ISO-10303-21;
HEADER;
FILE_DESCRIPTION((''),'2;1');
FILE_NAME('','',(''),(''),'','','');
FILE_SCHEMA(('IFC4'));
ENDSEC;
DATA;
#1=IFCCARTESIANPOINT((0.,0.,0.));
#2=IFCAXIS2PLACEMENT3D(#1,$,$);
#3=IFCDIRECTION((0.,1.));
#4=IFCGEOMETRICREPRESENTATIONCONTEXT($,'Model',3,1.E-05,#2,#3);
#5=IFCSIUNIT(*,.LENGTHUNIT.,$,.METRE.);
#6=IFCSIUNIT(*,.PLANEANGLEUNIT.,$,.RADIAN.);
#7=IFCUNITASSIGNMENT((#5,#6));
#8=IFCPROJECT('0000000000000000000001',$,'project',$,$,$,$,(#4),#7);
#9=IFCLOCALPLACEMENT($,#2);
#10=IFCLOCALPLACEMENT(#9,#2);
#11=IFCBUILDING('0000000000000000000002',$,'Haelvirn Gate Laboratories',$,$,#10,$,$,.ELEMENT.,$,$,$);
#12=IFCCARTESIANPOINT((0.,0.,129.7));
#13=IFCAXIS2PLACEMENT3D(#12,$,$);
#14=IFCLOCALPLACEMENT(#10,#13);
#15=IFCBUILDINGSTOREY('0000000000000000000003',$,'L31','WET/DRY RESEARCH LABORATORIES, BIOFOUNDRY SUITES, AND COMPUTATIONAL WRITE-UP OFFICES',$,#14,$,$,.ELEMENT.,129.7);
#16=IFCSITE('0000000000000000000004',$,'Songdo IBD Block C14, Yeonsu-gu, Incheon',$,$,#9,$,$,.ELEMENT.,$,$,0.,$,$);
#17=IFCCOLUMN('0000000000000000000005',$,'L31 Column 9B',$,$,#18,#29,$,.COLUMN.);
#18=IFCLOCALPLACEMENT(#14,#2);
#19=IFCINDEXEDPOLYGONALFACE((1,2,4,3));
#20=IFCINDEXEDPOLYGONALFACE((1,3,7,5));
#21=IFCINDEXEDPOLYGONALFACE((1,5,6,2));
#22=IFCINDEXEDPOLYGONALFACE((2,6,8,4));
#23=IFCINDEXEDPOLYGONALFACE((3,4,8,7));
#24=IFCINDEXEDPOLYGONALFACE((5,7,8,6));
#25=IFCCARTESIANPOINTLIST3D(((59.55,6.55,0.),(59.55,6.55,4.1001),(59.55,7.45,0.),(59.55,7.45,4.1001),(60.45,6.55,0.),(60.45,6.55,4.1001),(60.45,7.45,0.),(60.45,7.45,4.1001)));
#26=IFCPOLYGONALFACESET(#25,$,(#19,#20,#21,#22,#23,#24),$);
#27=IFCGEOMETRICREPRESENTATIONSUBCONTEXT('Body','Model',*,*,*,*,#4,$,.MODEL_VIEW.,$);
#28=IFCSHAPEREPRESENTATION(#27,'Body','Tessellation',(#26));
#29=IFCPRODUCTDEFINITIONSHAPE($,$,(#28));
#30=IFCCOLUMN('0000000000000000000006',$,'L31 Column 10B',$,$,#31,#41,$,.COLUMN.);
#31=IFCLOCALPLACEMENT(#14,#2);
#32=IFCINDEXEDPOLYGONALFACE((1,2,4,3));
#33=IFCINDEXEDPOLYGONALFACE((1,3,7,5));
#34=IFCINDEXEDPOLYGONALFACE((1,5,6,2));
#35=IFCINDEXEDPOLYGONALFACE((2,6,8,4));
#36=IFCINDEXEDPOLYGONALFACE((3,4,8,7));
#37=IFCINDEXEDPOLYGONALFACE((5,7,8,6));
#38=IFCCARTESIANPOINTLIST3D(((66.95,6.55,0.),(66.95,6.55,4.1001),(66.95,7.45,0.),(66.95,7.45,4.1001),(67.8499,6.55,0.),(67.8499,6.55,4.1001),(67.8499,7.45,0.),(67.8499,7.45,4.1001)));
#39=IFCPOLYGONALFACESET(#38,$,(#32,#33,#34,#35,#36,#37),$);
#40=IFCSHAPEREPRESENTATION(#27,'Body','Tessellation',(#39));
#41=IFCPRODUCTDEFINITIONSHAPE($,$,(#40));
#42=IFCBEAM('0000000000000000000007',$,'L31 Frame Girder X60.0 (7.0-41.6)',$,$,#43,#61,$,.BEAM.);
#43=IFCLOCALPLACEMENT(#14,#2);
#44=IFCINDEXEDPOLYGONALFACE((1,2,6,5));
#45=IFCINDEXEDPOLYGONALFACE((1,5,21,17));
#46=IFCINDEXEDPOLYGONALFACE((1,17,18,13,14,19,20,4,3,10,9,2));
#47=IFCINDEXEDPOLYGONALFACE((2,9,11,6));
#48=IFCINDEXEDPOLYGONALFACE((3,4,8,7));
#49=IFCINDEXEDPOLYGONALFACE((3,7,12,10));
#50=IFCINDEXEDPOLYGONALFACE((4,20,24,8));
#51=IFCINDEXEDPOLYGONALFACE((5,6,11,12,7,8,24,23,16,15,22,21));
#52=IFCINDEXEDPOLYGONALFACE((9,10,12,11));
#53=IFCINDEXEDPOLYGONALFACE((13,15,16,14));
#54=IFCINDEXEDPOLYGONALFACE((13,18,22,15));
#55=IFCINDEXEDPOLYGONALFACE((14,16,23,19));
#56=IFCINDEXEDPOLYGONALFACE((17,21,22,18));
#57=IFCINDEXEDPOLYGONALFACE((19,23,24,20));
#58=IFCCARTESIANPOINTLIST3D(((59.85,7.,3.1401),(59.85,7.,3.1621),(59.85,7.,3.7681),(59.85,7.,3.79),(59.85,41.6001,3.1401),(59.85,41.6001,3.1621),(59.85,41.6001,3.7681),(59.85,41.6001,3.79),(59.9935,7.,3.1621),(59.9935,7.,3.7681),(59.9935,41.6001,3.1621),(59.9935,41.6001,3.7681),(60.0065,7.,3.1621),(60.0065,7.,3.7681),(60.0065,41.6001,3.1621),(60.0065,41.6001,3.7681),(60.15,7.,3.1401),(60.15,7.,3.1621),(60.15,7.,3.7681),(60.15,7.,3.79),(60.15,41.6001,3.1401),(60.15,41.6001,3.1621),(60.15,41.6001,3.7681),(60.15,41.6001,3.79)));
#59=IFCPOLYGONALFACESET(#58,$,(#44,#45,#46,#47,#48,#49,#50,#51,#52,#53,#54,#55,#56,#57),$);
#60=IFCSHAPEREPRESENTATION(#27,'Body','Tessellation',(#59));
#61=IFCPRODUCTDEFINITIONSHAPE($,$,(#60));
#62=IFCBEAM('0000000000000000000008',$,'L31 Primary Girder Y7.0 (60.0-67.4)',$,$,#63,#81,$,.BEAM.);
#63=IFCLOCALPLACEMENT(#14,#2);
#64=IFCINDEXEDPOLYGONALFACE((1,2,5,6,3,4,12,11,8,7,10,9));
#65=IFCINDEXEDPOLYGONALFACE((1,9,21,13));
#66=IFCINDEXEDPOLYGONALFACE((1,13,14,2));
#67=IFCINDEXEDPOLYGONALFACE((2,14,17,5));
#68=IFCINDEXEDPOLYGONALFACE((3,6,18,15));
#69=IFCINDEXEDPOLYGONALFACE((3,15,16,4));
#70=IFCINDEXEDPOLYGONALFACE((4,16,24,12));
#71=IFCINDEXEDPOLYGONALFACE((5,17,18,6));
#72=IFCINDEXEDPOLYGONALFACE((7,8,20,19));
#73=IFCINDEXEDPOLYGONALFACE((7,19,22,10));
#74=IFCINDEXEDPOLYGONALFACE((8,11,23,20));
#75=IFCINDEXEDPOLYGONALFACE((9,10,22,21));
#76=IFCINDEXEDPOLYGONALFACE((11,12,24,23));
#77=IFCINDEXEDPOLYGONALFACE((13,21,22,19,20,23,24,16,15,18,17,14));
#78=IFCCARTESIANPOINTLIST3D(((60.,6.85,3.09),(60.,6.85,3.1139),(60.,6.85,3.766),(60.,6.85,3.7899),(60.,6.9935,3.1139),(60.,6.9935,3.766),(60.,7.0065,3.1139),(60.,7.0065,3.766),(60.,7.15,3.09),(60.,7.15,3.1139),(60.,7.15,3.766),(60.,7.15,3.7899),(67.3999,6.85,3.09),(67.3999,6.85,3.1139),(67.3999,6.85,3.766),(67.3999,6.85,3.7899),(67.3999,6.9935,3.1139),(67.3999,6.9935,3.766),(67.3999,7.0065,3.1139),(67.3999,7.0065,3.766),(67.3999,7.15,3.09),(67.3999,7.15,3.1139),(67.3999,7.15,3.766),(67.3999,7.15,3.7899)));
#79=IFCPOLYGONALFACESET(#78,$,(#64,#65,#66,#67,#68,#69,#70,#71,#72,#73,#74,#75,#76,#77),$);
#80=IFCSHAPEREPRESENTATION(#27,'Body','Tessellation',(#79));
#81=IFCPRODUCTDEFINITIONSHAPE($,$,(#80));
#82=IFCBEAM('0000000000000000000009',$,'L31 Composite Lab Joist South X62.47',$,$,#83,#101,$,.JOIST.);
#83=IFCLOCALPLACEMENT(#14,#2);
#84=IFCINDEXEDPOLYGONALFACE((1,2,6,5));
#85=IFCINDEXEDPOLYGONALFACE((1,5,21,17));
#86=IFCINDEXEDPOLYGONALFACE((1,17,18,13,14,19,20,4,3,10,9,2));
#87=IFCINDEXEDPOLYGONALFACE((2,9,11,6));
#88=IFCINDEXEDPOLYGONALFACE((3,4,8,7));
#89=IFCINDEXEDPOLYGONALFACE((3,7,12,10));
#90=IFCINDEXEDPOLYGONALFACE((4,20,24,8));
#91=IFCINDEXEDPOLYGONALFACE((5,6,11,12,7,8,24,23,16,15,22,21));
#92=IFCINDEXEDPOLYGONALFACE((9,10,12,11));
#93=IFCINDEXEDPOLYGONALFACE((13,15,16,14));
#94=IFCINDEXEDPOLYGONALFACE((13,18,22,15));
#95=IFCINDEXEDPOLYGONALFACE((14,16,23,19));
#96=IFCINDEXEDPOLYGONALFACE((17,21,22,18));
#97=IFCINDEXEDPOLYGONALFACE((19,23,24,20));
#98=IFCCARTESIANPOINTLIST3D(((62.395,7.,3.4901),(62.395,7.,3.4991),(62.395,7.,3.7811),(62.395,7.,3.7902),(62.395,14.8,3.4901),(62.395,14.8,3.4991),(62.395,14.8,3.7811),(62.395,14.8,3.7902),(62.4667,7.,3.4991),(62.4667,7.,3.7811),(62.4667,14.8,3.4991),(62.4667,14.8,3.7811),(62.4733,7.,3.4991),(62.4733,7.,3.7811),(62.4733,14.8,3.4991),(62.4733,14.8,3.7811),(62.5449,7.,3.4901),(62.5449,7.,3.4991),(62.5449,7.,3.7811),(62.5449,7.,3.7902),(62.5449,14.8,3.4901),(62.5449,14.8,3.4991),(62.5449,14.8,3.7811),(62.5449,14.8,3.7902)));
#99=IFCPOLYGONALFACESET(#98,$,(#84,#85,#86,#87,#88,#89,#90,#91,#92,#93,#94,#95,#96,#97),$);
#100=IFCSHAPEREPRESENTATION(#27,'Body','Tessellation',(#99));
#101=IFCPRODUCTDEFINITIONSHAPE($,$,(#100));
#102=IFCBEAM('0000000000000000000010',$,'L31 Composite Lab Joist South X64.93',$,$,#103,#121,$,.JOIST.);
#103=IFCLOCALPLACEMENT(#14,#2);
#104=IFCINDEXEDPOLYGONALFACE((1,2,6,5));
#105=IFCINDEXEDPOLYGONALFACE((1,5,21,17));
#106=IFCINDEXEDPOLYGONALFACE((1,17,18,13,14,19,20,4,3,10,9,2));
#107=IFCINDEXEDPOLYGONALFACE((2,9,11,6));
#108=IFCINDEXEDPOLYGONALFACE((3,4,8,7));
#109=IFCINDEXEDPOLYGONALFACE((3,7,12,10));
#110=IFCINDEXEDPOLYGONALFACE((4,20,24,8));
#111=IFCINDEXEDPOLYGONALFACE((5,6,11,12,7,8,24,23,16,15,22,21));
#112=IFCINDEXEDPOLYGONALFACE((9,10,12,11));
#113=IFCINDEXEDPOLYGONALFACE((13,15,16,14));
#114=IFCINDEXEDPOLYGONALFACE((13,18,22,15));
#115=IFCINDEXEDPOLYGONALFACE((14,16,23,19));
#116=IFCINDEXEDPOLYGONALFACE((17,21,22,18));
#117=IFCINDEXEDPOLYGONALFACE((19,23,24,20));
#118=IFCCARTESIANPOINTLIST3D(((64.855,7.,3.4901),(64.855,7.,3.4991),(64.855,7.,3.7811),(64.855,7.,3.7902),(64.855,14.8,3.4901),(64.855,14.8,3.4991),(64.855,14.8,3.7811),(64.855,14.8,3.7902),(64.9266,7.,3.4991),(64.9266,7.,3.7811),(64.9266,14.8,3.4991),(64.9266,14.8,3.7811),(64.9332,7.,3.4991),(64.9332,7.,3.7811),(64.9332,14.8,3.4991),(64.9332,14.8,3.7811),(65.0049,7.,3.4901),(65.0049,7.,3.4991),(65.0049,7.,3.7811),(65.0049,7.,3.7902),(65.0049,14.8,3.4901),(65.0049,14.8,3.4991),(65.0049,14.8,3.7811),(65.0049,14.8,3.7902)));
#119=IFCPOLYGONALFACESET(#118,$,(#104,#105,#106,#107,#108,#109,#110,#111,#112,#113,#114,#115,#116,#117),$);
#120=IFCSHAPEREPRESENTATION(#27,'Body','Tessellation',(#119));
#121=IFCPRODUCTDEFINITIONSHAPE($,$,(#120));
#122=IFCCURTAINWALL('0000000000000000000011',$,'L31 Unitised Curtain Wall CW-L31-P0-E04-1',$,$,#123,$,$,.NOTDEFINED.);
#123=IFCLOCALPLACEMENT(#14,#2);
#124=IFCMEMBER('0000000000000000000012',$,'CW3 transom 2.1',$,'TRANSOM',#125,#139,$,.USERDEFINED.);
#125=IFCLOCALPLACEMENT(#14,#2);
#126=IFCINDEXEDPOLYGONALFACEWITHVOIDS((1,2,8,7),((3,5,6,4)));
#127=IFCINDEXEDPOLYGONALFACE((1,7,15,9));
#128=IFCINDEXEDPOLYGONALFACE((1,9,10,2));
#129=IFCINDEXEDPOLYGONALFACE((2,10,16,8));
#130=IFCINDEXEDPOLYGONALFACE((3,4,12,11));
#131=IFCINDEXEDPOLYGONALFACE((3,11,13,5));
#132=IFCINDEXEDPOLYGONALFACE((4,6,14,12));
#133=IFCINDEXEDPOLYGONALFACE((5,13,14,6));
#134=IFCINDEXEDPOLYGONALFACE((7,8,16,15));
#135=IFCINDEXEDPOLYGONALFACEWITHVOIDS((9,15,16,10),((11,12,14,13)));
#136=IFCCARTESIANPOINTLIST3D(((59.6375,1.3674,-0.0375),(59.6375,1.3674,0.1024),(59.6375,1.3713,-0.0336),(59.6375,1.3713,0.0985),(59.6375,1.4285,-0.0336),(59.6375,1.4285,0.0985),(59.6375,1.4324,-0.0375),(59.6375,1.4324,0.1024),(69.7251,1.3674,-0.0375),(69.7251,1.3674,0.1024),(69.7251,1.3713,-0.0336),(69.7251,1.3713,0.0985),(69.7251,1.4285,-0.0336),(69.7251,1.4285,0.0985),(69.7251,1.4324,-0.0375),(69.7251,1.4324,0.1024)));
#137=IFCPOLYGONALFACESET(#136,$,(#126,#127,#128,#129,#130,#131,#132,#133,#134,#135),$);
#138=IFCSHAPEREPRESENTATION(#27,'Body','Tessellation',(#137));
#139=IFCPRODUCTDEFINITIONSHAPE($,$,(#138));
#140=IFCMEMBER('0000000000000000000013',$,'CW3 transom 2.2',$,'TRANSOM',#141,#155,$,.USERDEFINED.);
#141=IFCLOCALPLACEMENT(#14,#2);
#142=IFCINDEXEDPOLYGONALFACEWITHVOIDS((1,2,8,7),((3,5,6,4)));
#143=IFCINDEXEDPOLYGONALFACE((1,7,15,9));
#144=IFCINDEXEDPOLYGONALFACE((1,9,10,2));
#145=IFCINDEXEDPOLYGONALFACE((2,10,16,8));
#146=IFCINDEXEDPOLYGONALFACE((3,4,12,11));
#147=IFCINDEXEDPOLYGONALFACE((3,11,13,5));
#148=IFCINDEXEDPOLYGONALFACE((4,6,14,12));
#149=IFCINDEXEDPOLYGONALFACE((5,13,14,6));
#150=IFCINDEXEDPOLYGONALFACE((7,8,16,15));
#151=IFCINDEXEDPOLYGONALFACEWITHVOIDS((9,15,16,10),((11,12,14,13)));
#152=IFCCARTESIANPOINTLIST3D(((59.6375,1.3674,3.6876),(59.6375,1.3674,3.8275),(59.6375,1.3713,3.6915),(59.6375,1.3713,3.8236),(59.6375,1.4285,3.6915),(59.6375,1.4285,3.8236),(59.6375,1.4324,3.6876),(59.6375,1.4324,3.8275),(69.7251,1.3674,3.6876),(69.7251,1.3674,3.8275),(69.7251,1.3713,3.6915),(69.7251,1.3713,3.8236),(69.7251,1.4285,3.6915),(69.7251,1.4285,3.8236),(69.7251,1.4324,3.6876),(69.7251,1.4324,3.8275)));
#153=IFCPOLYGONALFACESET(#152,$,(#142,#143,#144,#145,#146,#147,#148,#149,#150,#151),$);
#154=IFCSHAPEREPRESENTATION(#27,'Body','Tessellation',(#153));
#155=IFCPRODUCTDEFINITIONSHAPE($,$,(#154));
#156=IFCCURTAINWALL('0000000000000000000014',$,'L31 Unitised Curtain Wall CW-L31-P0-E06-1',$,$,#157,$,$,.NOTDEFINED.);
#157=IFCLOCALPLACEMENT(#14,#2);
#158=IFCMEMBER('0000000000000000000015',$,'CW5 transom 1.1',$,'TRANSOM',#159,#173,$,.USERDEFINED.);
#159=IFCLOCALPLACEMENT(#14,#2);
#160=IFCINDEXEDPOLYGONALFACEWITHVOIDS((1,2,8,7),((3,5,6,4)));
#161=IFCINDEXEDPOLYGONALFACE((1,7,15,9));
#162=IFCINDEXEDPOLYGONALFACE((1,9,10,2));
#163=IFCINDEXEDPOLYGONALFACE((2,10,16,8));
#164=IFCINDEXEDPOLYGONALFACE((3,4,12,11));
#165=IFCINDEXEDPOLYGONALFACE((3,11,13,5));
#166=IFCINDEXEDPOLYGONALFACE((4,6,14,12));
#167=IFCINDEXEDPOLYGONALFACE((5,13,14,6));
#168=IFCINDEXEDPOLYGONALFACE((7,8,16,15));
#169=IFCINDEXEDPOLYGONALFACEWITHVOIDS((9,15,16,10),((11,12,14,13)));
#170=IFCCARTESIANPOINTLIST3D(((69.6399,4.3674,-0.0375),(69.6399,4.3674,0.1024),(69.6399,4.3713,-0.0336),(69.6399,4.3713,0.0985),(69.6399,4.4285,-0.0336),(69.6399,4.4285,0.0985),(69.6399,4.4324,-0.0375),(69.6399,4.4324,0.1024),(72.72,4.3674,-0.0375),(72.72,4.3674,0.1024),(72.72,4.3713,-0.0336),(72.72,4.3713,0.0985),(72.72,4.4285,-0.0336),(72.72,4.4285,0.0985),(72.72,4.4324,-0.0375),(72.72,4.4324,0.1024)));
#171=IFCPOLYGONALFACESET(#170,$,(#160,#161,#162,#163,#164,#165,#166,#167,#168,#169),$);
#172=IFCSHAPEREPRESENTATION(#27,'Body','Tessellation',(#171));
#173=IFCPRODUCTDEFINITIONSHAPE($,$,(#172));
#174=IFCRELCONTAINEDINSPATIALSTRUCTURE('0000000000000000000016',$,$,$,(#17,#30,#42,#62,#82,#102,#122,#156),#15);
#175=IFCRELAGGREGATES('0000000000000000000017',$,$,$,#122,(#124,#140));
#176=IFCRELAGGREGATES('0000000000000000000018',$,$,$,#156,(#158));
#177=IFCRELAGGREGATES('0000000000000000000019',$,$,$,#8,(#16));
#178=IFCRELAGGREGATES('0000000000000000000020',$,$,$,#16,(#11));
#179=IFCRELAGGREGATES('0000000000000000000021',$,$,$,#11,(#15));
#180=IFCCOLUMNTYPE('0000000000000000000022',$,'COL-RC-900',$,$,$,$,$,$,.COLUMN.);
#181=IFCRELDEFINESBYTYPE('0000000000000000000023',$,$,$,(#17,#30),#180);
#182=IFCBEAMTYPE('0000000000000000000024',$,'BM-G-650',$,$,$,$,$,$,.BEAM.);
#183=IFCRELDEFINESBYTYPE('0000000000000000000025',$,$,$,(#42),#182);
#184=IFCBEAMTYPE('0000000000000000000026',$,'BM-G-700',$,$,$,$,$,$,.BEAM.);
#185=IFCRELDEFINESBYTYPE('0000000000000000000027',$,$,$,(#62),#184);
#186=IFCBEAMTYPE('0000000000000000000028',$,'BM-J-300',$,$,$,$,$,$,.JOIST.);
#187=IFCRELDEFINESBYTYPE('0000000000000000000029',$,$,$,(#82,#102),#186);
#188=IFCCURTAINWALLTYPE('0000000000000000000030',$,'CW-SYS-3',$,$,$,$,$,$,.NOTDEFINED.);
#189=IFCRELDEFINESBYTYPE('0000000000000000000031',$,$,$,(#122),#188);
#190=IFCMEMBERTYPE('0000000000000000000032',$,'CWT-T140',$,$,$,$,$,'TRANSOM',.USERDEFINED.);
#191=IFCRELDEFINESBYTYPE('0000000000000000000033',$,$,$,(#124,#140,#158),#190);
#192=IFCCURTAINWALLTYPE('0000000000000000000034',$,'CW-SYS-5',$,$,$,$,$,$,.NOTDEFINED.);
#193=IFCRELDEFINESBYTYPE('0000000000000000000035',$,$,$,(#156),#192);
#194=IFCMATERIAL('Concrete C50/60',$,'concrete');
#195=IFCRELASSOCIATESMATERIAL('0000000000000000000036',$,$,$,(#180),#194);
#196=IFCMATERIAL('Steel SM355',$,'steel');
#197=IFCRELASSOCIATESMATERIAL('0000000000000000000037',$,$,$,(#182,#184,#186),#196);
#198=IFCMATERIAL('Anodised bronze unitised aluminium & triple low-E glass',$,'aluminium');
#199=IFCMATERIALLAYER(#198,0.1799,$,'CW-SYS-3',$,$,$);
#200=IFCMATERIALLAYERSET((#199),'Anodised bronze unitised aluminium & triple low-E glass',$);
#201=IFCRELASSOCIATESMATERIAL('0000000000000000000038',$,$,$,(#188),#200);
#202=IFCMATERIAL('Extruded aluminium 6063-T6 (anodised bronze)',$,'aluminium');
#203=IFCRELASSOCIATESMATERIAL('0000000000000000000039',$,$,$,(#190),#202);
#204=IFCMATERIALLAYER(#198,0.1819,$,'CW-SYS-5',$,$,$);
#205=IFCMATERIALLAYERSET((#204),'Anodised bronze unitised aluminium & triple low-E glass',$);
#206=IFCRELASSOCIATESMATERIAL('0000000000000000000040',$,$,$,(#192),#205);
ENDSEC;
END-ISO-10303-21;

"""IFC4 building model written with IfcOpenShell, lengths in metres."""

from ifc_helpers import new_model, si_unit, direction, frame, origin, origin_2d, place, context, subcontext, project, spatial, rectangle, hollow_rectangle, i_section, extrude, source, transform, mapped, material, layer, layer_set, material_profile, profile_set, type_object, type_shapes, element, aggregate, save


model = new_model("IFC4")

# Units and contexts
model_context = context("Model", 3, precision=1e-05, world=origin(), true_north=direction((0.0, 1.0)))
body_context = subcontext(model_context, "Body", "Model", "MODEL_VIEW")
ifc_project = project(units=[si_unit("LENGTHUNIT", "METRE"), si_unit("PLANEANGLEUNIT", "RADIAN")], contexts=[model_context])

# Site, building, storey
site_placement = place(None, origin())
site = spatial("IfcSite", under=ifc_project, at=site_placement, Name="Songdo IBD Block C14, Yeonsu-gu, Incheon", CompositionType="ELEMENT", RefElevation=0.0)
building_placement = place(site_placement, origin())
building = spatial("IfcBuilding", under=site, at=building_placement, Name="Haelvirn Gate Laboratories", CompositionType="ELEMENT")
storey_placement = place(building_placement, frame((0.0, 0.0, 129.7)))
storey = spatial("IfcBuildingStorey", under=building, at=storey_placement, Name="L31", Description="WET/DRY RESEARCH LABORATORIES, BIOFOUNDRY SUITES, AND COMPUTATIONAL WRITE-UP OFFICES", CompositionType="ELEMENT", Elevation=129.7)

# Columns
ifc_material_1 = material(Name="Concrete C50/60", Category="concrete")
ifc_material_profile_1 = material_profile(ifc_material_1, rectangle(XDim=0.8999, YDim=0.8999, at=origin_2d()), Name="RC-900x900")
ifc_profile_set_1 = profile_set([ifc_material_profile_1], Name="Concrete C50/60")
column_type = type_object("IfcColumnType", Name="COL-RC-900", PredefinedType="COLUMN", material=ifc_profile_set_1)
shared_shape_1 = source(origin(), body_context, "Body", "SweptSolid", [
    extrude(rectangle(XDim=0.8999, YDim=0.8999, at=origin_2d()), origin(), (0.0, 0.0, 1.0), 4.1001),
])
type_shapes(column_type, [shared_shape_1])
for number, where, z_axis, x_axis, name in (
    (1, (60.0, 7.0, 0.0), (0.0, 0.0, 1.0), (1.0, 0.0, 0.0), "L31 Column 9B"),
    (2, (67.3999, 7.0, 0.0), (0.0, 0.0, 1.0), (1.0, 0.0, 0.0), "L31 Column 10B"),
):
    element("IfcColumn", number, at=place(storey_placement, frame(where, z_axis=z_axis, x_axis=x_axis)), inside=storey, type_object=column_type, Name=name, PredefinedType="COLUMN", context=body_context, shape_type="MappedRepresentation", body=[
        mapped(shared_shape_1, transform((0.0, 0.0, 0.0), scale=1.0)),
    ])

# Beams
ifc_material_2 = material(Name="Steel SM355", Category="steel")
ifc_material_profile_2 = material_profile(ifc_material_2, i_section(OverallWidth=0.3, OverallDepth=0.6499, WebThickness=0.0129, FlangeThickness=0.022, at=origin_2d()), Name="H-650x300x13x22")
ifc_profile_set_2 = profile_set([ifc_material_profile_2], Name="Steel SM355")
beam_type_1 = type_object("IfcBeamType", Name="BM-G-650", PredefinedType="BEAM", material=ifc_profile_set_2)
shared_shape_2 = source(origin(), body_context, "Body", "SweptSolid", [
    extrude(i_section(OverallWidth=0.3, OverallDepth=0.6499, WebThickness=0.0129, FlangeThickness=0.022, at=origin_2d()), origin(), (0.0, 0.0, 1.0), 34.6001),
])
type_shapes(beam_type_1, [shared_shape_2])
beam_1_placement = place(storey_placement, frame((60.0, 7.0, 3.4651), z_axis=(0.0, 1.0, 0.0), x_axis=(-1.0, 0.0, 0.0)))
element("IfcBeam", 3, at=beam_1_placement, inside=storey, type_object=beam_type_1, Name="L31 Frame Girder X60.0 (7.0-41.6)", PredefinedType="BEAM", context=body_context, shape_type="MappedRepresentation", body=[
    mapped(shared_shape_2, transform((0.0, 0.0, 0.0), scale=1.0)),
])
ifc_material_profile_3 = material_profile(ifc_material_2, i_section(OverallWidth=0.3, OverallDepth=0.7, WebThickness=0.0129, FlangeThickness=0.0239, at=origin_2d()), Name="H-700x300x13x24")
ifc_profile_set_3 = profile_set([ifc_material_profile_3], Name="Steel SM355")
beam_type_2 = type_object("IfcBeamType", Name="BM-G-700", PredefinedType="BEAM", material=ifc_profile_set_3)
shared_shape_3 = source(origin(), body_context, "Body", "SweptSolid", [
    extrude(i_section(OverallWidth=0.3, OverallDepth=0.7, WebThickness=0.0129, FlangeThickness=0.0239, at=origin_2d()), origin(), (0.0, 0.0, 1.0), 7.3999),
])
type_shapes(beam_type_2, [shared_shape_3])
beam_2_placement = place(storey_placement, frame((60.0, 7.0, 3.4399), z_axis=(1.0, 0.0, 0.0), x_axis=(0.0, 1.0, 0.0)))
element("IfcBeam", 4, at=beam_2_placement, inside=storey, type_object=beam_type_2, Name="L31 Primary Girder Y7.0 (60.0-67.4)", PredefinedType="BEAM", context=body_context, shape_type="MappedRepresentation", body=[
    mapped(shared_shape_3, transform((0.0, 0.0, 0.0), scale=1.0)),
])
ifc_material_profile_4 = material_profile(ifc_material_2, i_section(OverallWidth=0.1499, OverallDepth=0.3, WebThickness=0.0066, FlangeThickness=0.009, at=origin_2d()), Name="H-300x150x6.5x9")
ifc_profile_set_4 = profile_set([ifc_material_profile_4], Name="Steel SM355")
beam_type_3 = type_object("IfcBeamType", Name="BM-J-300", PredefinedType="JOIST", material=ifc_profile_set_4)
shared_shape_4 = source(origin(), body_context, "Body", "SweptSolid", [
    extrude(i_section(OverallWidth=0.1499, OverallDepth=0.3, WebThickness=0.0066, FlangeThickness=0.009, at=origin_2d()), origin(), (0.0, 0.0, 1.0), 7.8),
])
type_shapes(beam_type_3, [shared_shape_4])
for number, where, z_axis, x_axis, name in (
    (5, (62.47, 7.0, 3.6401), (0.0, 1.0, 0.0), (-1.0, 0.0, 0.0), "L31 Composite Lab Joist South X62.47"),
    (6, (64.9299, 7.0, 3.6401), (0.0, 1.0, 0.0), (-1.0, 0.0, 0.0), "L31 Composite Lab Joist South X64.93"),
):
    element("IfcBeam", number, at=place(storey_placement, frame(where, z_axis=z_axis, x_axis=x_axis)), inside=storey, type_object=beam_type_3, Name=name, PredefinedType="JOIST", context=body_context, shape_type="MappedRepresentation", body=[
        mapped(shared_shape_4, transform((0.0, 0.0, 0.0), scale=1.0)),
    ])

# Curtain walls, members
ifc_material_3 = material(Name="Anodised bronze unitised aluminium & triple low-E glass", Category="aluminium")
ifc_layer_1 = layer(ifc_material_3, 0.1799, Name="CW-SYS-3")
ifc_layer_set_1 = layer_set([ifc_layer_1], Name="Anodised bronze unitised aluminium & triple low-E glass")
curtain_wall_type_1 = type_object("IfcCurtainWallType", Name="CW-SYS-3", PredefinedType="NOTDEFINED", material=ifc_layer_set_1)
curtain_wall_1_placement = place(storey_placement, origin())
curtain_wall_1 = element("IfcCurtainWall", 7, at=curtain_wall_1_placement, inside=storey, type_object=curtain_wall_type_1, Name="L31 Unitised Curtain Wall CW-L31-P0-E04-1", PredefinedType="NOTDEFINED")
ifc_material_4 = material(Name="Extruded aluminium 6063-T6 (anodised bronze)", Category="aluminium")
ifc_material_profile_5 = material_profile(ifc_material_4, hollow_rectangle(XDim=0.0649, YDim=0.1399, WallThickness=0.0039, at=origin_2d()), Name="CWT-140x65x4")
ifc_profile_set_5 = profile_set([ifc_material_profile_5], Name="Extruded aluminium 6063-T6 (anodised bronze)")
member_type_1 = type_object("IfcMemberType", Name="CWT-T140", ElementType="TRANSOM", PredefinedType="USERDEFINED", material=ifc_profile_set_5)
shared_shape_5 = source(origin(), body_context, "Body", "SweptSolid", [
    extrude(hollow_rectangle(XDim=0.0649, YDim=0.1399, WallThickness=0.0039, at=origin_2d()), origin(), (0.0, 0.0, 1.0), 10.0876),
])
member_1_placement = place(storey_placement, frame((59.6375, 1.3999, 0.0325), z_axis=(1.0, 0.0, 0.0), x_axis=(0.0, 1.0, 0.0)))
member_1 = element("IfcMember", 8, at=member_1_placement, type_object=member_type_1, Name="CW3 transom 2.1", ObjectType="TRANSOM", PredefinedType="USERDEFINED", context=body_context, shape_type="MappedRepresentation", body=[
    mapped(shared_shape_5, transform((0.0, 0.0, 0.0), scale=1.0)),
])
member_2_placement = place(storey_placement, frame((59.6375, 1.3999, 3.7576), z_axis=(1.0, 0.0, 0.0), x_axis=(0.0, 1.0, 0.0)))
member_2 = element("IfcMember", 9, at=member_2_placement, type_object=member_type_1, Name="CW3 transom 2.2", ObjectType="TRANSOM", PredefinedType="USERDEFINED", context=body_context, shape_type="MappedRepresentation", body=[
    mapped(shared_shape_5, transform((0.0, 0.0, 0.0), scale=1.0)),
])
ifc_layer_2 = layer(ifc_material_3, 0.1819, Name="CW-SYS-5")
ifc_layer_set_2 = layer_set([ifc_layer_2], Name="Anodised bronze unitised aluminium & triple low-E glass")
curtain_wall_type_2 = type_object("IfcCurtainWallType", Name="CW-SYS-5", PredefinedType="NOTDEFINED", material=ifc_layer_set_2)
curtain_wall_2_placement = place(storey_placement, origin())
curtain_wall_2 = element("IfcCurtainWall", 10, at=curtain_wall_2_placement, inside=storey, type_object=curtain_wall_type_2, Name="L31 Unitised Curtain Wall CW-L31-P0-E06-1", PredefinedType="NOTDEFINED")
shared_shape_6 = source(origin(), body_context, "Body", "SweptSolid", [
    extrude(hollow_rectangle(XDim=0.0649, YDim=0.1399, WallThickness=0.0039, at=origin_2d()), origin(), (0.0, 0.0, 1.0), 3.0801),
])
member_3_placement = place(storey_placement, frame((69.6399, 4.3999, 0.0325), z_axis=(1.0, 0.0, 0.0), x_axis=(0.0, 1.0, 0.0)))
member_3 = element("IfcMember", 11, at=member_3_placement, type_object=member_type_1, Name="CW5 transom 1.1", ObjectType="TRANSOM", PredefinedType="USERDEFINED", context=body_context, shape_type="MappedRepresentation", body=[
    mapped(shared_shape_6, transform((0.0, 0.0, 0.0), scale=1.0)),
])

aggregate(curtain_wall_1, [member_1, member_2])
aggregate(curtain_wall_2, [member_3])

save(model, "model.ifc")
